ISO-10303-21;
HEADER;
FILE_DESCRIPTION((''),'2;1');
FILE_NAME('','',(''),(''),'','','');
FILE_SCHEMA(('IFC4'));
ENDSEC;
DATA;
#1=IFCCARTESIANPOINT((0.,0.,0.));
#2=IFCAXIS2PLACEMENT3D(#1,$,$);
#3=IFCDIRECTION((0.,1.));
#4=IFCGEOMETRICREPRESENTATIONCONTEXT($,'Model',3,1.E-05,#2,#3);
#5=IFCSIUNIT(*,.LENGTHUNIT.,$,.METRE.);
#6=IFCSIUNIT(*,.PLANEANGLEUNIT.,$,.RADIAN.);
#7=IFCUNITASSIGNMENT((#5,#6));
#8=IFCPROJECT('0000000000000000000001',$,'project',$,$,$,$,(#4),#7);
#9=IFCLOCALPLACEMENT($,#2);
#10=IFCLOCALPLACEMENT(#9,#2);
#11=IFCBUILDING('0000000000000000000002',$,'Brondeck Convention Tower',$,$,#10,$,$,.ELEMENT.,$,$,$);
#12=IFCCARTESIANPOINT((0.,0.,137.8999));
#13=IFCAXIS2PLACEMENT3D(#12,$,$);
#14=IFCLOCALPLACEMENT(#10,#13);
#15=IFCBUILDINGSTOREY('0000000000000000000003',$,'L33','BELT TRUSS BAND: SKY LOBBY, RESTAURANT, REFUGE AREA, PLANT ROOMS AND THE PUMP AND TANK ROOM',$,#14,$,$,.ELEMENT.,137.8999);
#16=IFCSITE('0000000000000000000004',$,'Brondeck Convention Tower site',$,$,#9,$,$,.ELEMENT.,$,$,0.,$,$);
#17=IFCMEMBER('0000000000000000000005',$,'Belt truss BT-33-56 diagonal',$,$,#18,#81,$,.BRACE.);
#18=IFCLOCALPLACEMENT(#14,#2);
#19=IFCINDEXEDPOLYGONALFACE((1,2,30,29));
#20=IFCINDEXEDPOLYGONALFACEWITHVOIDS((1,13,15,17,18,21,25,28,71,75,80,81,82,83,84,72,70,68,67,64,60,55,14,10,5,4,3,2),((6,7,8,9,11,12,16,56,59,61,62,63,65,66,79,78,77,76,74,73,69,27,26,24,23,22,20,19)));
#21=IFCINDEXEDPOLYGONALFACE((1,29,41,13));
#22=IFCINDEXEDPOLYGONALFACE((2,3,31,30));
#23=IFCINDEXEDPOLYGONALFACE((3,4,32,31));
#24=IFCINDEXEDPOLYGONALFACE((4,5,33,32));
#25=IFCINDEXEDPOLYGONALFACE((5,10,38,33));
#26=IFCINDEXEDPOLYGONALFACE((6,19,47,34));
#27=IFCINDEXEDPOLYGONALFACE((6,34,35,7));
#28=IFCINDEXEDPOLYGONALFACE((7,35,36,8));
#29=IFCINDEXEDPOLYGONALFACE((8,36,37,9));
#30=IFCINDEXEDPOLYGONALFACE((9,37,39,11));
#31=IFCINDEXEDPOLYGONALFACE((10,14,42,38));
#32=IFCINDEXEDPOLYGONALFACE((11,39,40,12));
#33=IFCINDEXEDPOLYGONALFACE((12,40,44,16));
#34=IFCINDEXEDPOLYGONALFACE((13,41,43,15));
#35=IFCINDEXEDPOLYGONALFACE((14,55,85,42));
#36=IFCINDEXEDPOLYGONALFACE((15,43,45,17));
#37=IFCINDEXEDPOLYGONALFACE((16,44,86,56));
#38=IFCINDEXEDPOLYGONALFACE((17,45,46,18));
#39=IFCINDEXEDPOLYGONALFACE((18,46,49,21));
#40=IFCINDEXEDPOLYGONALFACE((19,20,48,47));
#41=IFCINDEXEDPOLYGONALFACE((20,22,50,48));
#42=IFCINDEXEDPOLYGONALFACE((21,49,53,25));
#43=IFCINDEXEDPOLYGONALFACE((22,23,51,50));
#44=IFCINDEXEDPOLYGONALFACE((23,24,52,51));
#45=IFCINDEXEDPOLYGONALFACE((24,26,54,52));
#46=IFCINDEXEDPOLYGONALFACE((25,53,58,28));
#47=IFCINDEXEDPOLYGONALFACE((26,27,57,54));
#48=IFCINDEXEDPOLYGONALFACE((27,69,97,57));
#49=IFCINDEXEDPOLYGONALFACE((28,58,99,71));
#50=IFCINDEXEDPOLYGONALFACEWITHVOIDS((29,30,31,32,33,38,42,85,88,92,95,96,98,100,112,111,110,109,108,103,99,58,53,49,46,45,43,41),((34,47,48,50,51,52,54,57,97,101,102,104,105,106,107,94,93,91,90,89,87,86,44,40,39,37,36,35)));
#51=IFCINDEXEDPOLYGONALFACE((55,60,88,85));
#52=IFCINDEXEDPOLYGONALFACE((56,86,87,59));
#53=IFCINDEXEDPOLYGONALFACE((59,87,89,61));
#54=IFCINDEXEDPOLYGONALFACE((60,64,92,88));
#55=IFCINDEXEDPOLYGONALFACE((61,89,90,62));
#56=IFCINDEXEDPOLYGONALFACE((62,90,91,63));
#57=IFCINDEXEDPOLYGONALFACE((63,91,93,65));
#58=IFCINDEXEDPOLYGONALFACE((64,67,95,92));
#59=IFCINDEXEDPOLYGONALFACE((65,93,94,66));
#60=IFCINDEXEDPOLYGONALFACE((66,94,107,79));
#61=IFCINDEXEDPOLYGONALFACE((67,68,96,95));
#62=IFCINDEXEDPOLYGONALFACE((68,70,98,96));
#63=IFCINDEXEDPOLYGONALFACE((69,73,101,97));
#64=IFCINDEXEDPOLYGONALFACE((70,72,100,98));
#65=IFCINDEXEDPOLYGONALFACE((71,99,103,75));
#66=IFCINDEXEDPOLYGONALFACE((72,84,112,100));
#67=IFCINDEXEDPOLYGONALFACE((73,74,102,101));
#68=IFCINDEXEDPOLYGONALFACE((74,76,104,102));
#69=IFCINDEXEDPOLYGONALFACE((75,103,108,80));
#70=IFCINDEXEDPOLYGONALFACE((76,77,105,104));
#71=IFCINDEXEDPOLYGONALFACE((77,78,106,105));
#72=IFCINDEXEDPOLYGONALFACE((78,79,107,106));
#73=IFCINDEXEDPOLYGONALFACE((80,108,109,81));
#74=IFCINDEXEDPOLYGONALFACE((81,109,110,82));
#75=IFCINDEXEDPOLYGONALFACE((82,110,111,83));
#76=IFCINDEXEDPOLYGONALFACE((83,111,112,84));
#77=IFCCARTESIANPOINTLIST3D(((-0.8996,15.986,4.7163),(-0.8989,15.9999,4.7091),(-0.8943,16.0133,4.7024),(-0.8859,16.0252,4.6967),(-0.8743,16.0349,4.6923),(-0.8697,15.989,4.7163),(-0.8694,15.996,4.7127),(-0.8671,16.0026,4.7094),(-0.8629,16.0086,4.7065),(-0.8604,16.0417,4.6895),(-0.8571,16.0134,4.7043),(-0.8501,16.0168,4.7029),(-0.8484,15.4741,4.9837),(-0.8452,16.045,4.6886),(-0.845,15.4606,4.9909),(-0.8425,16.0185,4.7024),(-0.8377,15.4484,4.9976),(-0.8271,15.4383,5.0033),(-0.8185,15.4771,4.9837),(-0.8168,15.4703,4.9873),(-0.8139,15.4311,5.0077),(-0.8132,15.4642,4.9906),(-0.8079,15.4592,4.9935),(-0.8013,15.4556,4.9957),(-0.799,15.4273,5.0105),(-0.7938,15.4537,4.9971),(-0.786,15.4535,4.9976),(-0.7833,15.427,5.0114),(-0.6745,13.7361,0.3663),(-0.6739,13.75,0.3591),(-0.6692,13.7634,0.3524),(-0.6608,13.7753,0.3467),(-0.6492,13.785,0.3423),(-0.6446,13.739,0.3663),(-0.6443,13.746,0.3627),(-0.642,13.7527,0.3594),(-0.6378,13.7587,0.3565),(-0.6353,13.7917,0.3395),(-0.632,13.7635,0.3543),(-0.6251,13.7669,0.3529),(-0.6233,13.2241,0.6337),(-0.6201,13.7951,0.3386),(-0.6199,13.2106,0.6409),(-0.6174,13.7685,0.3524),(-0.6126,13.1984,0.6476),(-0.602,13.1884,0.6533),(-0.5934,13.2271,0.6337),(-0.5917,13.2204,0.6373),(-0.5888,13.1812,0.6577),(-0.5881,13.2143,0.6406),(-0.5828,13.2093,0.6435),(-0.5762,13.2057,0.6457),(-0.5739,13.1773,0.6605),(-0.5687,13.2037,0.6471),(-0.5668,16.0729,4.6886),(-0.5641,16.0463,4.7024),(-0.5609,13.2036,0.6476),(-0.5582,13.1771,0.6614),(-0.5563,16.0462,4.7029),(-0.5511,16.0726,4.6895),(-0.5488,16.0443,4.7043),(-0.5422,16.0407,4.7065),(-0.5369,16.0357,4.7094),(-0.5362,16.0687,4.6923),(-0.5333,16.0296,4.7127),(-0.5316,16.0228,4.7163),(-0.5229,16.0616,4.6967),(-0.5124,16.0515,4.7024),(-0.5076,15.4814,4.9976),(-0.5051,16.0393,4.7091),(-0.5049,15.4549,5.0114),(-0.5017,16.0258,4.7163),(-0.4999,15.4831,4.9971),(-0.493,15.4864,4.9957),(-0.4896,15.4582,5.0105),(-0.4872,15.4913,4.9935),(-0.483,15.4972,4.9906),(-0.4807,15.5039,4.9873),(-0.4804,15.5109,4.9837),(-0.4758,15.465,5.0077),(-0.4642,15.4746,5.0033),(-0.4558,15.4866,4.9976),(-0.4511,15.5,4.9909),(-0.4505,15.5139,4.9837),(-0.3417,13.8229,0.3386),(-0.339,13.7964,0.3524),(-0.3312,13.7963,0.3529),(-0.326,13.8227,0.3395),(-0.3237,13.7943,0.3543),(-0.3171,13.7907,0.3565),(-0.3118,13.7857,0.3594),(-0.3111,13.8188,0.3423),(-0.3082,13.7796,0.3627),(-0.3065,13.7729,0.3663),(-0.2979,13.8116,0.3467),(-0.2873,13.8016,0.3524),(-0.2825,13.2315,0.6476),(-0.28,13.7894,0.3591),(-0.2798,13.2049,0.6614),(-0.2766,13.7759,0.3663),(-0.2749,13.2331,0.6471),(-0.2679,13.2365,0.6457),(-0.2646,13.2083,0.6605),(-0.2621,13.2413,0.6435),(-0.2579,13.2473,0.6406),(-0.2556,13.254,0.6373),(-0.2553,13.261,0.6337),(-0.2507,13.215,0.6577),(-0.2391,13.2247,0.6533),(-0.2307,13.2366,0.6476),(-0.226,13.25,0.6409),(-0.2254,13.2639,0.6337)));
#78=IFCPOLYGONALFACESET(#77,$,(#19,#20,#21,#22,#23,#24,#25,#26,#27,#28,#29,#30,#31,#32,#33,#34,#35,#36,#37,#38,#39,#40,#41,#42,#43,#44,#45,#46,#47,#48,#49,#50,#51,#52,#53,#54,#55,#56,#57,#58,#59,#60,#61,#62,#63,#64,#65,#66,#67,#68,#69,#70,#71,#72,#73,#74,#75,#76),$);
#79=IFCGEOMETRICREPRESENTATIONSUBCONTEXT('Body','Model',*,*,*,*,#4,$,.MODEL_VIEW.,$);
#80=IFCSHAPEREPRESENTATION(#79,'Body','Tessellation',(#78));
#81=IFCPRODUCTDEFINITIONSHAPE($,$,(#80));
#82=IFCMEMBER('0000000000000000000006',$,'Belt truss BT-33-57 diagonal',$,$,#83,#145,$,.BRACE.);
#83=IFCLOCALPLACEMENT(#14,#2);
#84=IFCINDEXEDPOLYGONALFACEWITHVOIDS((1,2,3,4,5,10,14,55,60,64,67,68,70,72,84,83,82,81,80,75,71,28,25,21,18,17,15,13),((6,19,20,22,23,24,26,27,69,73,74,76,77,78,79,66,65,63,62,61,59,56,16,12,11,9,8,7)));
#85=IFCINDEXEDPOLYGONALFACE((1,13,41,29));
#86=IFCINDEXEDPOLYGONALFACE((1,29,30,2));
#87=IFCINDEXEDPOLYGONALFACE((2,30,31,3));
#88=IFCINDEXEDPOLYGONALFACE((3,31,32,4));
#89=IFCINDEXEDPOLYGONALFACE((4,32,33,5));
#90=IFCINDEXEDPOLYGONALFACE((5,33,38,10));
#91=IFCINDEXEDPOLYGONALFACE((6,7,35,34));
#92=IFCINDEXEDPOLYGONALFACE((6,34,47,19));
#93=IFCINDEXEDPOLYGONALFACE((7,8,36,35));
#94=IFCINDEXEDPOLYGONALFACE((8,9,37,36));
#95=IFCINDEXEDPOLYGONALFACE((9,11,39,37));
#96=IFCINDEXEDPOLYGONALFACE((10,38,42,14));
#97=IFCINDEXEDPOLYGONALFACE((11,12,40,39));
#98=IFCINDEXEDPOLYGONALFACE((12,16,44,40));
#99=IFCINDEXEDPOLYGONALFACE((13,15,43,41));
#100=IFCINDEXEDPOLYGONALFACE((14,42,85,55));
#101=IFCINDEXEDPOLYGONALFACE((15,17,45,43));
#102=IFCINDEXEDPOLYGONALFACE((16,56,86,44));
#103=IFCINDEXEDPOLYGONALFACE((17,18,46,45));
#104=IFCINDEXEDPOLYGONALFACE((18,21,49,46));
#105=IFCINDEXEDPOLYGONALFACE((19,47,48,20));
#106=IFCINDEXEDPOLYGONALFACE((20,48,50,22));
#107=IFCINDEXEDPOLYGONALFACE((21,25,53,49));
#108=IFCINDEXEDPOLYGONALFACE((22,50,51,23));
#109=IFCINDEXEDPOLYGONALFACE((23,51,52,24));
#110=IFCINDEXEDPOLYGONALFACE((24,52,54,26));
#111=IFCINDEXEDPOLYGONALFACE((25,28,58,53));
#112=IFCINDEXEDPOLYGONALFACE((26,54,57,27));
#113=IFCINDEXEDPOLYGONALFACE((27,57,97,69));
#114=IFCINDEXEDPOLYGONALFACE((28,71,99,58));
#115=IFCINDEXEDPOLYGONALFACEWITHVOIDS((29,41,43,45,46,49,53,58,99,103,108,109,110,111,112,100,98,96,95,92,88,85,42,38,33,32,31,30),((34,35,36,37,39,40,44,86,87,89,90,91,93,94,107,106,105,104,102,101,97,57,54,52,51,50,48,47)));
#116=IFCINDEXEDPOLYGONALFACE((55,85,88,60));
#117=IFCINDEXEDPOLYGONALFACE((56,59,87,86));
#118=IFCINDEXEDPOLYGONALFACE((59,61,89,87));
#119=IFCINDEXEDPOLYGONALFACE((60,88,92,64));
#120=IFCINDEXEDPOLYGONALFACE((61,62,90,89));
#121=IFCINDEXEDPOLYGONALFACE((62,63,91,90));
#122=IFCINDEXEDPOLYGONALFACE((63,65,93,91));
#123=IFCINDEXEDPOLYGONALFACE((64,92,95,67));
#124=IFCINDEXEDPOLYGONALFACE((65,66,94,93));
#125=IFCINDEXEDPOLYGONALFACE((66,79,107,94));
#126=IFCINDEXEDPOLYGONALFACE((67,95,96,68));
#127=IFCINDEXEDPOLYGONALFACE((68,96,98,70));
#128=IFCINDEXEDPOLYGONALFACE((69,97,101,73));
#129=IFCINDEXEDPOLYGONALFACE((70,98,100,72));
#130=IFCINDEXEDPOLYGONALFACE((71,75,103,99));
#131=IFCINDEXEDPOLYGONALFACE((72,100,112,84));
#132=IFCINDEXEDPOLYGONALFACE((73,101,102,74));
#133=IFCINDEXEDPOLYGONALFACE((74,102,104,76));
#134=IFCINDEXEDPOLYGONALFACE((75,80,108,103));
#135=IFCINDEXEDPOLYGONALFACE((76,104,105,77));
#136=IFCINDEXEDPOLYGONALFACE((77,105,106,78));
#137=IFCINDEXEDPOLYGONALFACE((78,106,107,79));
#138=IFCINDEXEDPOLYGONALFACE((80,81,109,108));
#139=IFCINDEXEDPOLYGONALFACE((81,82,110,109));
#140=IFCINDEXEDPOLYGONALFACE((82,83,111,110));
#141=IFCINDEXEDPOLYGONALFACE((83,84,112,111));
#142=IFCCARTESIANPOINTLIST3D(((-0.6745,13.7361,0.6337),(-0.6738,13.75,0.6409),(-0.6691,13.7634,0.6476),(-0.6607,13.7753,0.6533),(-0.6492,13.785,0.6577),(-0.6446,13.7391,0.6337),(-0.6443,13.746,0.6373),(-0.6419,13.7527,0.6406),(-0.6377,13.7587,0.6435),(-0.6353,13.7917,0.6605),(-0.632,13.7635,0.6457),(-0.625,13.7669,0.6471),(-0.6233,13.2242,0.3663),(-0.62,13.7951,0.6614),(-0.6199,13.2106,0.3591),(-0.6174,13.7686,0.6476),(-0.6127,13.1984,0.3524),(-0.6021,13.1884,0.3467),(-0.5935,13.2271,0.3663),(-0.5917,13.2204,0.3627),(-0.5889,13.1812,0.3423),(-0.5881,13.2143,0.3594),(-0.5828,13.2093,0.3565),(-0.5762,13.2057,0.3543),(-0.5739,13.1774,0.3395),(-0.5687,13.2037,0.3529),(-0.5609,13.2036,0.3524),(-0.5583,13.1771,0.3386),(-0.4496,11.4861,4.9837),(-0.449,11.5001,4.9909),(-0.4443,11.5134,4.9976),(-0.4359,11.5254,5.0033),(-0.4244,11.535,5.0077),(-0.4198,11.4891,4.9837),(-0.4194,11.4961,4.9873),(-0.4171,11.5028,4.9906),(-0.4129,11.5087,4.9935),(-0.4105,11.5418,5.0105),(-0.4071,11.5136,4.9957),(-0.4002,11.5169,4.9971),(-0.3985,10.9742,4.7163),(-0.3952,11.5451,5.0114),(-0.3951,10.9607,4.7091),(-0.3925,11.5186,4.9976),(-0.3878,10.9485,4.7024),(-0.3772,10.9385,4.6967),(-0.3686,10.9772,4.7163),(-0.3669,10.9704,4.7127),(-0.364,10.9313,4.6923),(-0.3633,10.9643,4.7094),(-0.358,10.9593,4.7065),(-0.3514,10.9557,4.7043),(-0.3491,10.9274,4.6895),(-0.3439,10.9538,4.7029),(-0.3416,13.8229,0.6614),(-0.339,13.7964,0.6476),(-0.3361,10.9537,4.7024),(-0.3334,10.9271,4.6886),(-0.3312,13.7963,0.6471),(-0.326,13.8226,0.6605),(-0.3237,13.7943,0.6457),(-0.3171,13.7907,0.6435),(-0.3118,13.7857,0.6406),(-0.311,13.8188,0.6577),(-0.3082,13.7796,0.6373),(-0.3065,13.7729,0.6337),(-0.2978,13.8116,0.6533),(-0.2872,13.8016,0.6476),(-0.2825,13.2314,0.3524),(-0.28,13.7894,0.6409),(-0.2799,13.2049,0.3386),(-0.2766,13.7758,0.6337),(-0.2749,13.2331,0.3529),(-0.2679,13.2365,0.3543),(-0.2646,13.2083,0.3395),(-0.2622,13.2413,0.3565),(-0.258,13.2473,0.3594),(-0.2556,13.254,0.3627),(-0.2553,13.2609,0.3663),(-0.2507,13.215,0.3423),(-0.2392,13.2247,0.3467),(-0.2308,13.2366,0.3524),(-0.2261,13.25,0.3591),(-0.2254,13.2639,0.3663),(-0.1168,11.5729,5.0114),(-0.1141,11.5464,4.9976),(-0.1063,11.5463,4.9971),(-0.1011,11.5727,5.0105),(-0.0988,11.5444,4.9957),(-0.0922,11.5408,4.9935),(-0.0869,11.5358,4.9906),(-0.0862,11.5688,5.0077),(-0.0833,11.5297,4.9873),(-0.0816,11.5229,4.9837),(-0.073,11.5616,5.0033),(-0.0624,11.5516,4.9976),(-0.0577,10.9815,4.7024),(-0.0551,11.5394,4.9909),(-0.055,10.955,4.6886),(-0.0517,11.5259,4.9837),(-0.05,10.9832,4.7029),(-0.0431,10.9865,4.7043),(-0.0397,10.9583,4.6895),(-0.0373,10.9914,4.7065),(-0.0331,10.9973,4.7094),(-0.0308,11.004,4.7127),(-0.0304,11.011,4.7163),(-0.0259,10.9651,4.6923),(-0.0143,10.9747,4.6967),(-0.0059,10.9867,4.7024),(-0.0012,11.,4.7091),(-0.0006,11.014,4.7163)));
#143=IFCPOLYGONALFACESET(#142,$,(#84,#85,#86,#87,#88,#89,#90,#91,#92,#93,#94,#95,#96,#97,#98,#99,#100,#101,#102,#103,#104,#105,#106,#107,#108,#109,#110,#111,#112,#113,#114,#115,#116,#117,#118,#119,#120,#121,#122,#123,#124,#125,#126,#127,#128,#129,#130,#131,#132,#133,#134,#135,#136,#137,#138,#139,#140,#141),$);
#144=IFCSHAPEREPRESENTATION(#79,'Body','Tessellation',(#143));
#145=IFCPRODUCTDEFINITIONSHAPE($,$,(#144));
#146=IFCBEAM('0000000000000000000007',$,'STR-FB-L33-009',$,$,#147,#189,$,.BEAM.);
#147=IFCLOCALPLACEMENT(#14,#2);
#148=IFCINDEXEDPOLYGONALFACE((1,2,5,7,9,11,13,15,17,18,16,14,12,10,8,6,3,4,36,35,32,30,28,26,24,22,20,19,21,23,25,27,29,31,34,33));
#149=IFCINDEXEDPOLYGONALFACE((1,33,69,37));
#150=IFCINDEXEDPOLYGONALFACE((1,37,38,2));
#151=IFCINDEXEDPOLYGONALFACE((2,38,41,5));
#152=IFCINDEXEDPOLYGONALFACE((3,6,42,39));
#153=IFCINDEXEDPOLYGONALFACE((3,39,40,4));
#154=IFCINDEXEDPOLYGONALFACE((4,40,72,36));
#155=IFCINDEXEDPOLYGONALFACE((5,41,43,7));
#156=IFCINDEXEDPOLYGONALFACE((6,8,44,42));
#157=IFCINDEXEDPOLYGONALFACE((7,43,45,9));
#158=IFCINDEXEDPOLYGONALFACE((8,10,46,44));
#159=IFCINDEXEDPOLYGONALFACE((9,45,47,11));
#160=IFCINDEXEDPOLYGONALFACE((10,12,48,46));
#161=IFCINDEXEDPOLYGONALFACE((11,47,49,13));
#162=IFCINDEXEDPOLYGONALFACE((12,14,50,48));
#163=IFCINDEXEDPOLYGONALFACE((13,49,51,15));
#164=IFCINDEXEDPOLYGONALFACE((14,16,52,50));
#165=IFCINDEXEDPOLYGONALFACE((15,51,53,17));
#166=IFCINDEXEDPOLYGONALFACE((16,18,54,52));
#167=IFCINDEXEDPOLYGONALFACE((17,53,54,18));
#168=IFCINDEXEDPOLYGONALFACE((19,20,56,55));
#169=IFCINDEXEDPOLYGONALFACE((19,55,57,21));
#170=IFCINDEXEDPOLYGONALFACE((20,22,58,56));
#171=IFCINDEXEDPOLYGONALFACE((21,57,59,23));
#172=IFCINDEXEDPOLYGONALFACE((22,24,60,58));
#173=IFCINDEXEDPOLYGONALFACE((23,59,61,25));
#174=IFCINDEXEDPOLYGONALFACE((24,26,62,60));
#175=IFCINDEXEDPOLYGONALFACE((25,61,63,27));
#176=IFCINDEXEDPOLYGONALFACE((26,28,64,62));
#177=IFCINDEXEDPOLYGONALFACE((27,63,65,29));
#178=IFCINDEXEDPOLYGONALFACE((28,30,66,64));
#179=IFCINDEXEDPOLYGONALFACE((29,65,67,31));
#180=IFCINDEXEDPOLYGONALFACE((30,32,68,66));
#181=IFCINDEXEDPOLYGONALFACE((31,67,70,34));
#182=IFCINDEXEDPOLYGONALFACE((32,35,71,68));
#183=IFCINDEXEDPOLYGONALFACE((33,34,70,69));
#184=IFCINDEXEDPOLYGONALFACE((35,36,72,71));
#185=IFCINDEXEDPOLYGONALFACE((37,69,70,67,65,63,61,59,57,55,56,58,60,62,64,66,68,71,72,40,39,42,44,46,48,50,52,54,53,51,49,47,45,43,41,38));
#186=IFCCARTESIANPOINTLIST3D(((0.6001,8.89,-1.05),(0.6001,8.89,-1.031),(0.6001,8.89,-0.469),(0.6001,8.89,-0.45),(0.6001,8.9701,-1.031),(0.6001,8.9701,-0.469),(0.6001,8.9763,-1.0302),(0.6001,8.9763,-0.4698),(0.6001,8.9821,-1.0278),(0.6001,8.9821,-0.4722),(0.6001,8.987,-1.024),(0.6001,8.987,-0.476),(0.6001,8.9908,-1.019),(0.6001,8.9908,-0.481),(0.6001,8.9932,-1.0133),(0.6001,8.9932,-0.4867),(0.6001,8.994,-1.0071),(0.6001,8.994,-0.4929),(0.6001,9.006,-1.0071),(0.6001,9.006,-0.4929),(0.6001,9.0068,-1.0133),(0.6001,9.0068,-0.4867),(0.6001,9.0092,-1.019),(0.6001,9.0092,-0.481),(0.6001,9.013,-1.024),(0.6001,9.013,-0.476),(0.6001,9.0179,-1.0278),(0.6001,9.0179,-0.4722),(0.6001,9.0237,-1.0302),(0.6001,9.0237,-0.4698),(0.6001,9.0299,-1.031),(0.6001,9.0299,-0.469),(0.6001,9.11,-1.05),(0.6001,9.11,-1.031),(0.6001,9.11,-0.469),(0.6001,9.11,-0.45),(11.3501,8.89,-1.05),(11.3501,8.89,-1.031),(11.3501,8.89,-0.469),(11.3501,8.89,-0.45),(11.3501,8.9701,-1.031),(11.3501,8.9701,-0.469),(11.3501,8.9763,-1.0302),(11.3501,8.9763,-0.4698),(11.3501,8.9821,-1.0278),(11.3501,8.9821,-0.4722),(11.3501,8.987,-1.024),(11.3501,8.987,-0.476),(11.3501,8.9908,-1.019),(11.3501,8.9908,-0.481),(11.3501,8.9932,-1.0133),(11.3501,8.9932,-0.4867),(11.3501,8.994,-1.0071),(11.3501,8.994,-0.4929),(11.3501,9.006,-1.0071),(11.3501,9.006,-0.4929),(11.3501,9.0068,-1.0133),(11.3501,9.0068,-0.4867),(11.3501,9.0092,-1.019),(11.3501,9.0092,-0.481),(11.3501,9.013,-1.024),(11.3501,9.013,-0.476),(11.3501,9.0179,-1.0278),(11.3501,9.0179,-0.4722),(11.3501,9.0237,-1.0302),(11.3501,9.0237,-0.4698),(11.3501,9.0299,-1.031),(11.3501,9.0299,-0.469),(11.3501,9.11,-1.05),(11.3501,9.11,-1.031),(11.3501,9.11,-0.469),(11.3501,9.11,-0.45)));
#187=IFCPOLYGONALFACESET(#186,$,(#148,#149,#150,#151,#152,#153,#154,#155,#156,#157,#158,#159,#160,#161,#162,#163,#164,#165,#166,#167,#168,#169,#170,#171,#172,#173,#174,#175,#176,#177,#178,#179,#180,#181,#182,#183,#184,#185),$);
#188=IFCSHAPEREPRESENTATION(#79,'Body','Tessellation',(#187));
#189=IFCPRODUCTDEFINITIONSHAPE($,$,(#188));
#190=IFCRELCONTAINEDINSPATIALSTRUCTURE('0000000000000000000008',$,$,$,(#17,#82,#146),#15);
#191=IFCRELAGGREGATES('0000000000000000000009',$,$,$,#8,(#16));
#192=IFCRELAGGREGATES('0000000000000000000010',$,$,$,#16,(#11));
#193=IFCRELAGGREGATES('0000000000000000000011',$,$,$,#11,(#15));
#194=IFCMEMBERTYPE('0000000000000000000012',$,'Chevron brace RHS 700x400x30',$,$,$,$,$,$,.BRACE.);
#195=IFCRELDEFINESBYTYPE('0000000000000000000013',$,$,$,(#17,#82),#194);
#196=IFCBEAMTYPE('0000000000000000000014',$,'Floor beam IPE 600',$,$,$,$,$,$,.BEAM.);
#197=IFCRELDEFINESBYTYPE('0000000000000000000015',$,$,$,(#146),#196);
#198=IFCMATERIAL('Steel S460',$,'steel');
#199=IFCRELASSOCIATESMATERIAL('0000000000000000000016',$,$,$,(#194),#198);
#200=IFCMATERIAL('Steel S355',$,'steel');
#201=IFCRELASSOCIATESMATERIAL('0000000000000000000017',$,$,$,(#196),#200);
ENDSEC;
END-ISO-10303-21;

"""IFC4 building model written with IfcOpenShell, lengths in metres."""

from ifc_helpers import new_model, si_unit, direction, frame, origin, origin_2d, place, context, subcontext, project, spatial, hollow_rectangle, i_section, extrude, material, material_profile, profile_set, type_object, element, save


model = new_model("IFC4")

# Units and contexts
model_context = context("Model", 3, precision=1e-05, world=origin(), true_north=direction((0.0, 1.0)))
body_context = subcontext(model_context, "Body", "Model", "MODEL_VIEW")
ifc_project = project(units=[si_unit("LENGTHUNIT", "METRE"), si_unit("PLANEANGLEUNIT", "RADIAN")], contexts=[model_context])

# Site, building, storey
site_placement = place(None, origin())
site = spatial("IfcSite", under=ifc_project, at=site_placement, Name="Brondeck Convention Tower site", CompositionType="ELEMENT", RefElevation=0.0)
building_placement = place(site_placement, origin())
building = spatial("IfcBuilding", under=site, at=building_placement, Name="Brondeck Convention Tower", CompositionType="ELEMENT")
storey_placement = place(building_placement, frame((0.0, 0.0, 137.8999)))
storey = spatial("IfcBuildingStorey", under=building, at=storey_placement, Name="L33", Description="BELT TRUSS BAND: SKY LOBBY, RESTAURANT, REFUGE AREA, PLANT ROOMS AND THE PUMP AND TANK ROOM", CompositionType="ELEMENT", Elevation=137.8999)

# Members
ifc_material_1 = material(Name="Steel S460", Category="steel")
ifc_material_profile_1 = material_profile(ifc_material_1, hollow_rectangle(XDim=0.3999, YDim=0.7, WallThickness=0.03, InnerFilletRadius=0.03, OuterFilletRadius=0.0601, at=origin_2d()), Name="RHS 700x400x30")
ifc_profile_set_1 = profile_set([ifc_material_profile_1], Name="Steel S460")
member_type_1 = type_object("IfcMemberType", Name="Chevron brace RHS 700x400x30", PredefinedType="BRACE", material=ifc_profile_set_1)
for number, where, z_axis, x_axis, name in (
    (1, (-0.45, 13.5, 0.5), (-0.045913, 0.45893, 0.887285), (-0.995033, -0.099546, 0.0), "Belt truss BT-33-56 diagonal"),
    (2, (-0.45, 13.5, 0.5), (0.045863, -0.458931, 0.887287), (0.995044, 0.09944, 0.0), "Belt truss BT-33-57 diagonal"),
):
    element("IfcMember", number, at=place(storey_placement, frame(where, z_axis=z_axis, x_axis=x_axis)), inside=storey, type_object=member_type_1, Name=name, PredefinedType="BRACE", context=body_context, shape_type="SweptSolid", body=[
        extrude(hollow_rectangle(XDim=0.3999, YDim=0.7, WallThickness=0.03, InnerFilletRadius=0.03, OuterFilletRadius=0.0601, at=origin_2d()), origin(), (0.0, 0.0, 1.0), 4.9026),
    ])

# Beam
ifc_material_2 = material(Name="Steel S355", Category="steel")
ifc_material_profile_2 = material_profile(ifc_material_2, i_section(OverallWidth=0.22, OverallDepth=0.6001, WebThickness=0.012, FlangeThickness=0.019, FilletRadius=0.0239, at=origin_2d()), Name="IPE 600")
ifc_profile_set_2 = profile_set([ifc_material_profile_2], Name="Steel S355")
beam_type_1 = type_object("IfcBeamType", Name="Floor beam IPE 600", PredefinedType="BEAM", material=ifc_profile_set_2)
beam_1_placement = place(storey_placement, frame((0.6001, 9.0, -0.75), z_axis=(1.0, 0.0, 0.0), x_axis=(0.0, 1.0, 0.0)))
element("IfcBeam", 3, at=beam_1_placement, inside=storey, type_object=beam_type_1, Name="STR-FB-L33-009", PredefinedType="BEAM", context=body_context, shape_type="SweptSolid", body=[
    extrude(i_section(OverallWidth=0.22, OverallDepth=0.6001, WebThickness=0.012, FlangeThickness=0.019, FilletRadius=0.0239, at=origin_2d()), origin(), (0.0, 0.0, 1.0), 10.75),
])

save(model, "model.ifc")
